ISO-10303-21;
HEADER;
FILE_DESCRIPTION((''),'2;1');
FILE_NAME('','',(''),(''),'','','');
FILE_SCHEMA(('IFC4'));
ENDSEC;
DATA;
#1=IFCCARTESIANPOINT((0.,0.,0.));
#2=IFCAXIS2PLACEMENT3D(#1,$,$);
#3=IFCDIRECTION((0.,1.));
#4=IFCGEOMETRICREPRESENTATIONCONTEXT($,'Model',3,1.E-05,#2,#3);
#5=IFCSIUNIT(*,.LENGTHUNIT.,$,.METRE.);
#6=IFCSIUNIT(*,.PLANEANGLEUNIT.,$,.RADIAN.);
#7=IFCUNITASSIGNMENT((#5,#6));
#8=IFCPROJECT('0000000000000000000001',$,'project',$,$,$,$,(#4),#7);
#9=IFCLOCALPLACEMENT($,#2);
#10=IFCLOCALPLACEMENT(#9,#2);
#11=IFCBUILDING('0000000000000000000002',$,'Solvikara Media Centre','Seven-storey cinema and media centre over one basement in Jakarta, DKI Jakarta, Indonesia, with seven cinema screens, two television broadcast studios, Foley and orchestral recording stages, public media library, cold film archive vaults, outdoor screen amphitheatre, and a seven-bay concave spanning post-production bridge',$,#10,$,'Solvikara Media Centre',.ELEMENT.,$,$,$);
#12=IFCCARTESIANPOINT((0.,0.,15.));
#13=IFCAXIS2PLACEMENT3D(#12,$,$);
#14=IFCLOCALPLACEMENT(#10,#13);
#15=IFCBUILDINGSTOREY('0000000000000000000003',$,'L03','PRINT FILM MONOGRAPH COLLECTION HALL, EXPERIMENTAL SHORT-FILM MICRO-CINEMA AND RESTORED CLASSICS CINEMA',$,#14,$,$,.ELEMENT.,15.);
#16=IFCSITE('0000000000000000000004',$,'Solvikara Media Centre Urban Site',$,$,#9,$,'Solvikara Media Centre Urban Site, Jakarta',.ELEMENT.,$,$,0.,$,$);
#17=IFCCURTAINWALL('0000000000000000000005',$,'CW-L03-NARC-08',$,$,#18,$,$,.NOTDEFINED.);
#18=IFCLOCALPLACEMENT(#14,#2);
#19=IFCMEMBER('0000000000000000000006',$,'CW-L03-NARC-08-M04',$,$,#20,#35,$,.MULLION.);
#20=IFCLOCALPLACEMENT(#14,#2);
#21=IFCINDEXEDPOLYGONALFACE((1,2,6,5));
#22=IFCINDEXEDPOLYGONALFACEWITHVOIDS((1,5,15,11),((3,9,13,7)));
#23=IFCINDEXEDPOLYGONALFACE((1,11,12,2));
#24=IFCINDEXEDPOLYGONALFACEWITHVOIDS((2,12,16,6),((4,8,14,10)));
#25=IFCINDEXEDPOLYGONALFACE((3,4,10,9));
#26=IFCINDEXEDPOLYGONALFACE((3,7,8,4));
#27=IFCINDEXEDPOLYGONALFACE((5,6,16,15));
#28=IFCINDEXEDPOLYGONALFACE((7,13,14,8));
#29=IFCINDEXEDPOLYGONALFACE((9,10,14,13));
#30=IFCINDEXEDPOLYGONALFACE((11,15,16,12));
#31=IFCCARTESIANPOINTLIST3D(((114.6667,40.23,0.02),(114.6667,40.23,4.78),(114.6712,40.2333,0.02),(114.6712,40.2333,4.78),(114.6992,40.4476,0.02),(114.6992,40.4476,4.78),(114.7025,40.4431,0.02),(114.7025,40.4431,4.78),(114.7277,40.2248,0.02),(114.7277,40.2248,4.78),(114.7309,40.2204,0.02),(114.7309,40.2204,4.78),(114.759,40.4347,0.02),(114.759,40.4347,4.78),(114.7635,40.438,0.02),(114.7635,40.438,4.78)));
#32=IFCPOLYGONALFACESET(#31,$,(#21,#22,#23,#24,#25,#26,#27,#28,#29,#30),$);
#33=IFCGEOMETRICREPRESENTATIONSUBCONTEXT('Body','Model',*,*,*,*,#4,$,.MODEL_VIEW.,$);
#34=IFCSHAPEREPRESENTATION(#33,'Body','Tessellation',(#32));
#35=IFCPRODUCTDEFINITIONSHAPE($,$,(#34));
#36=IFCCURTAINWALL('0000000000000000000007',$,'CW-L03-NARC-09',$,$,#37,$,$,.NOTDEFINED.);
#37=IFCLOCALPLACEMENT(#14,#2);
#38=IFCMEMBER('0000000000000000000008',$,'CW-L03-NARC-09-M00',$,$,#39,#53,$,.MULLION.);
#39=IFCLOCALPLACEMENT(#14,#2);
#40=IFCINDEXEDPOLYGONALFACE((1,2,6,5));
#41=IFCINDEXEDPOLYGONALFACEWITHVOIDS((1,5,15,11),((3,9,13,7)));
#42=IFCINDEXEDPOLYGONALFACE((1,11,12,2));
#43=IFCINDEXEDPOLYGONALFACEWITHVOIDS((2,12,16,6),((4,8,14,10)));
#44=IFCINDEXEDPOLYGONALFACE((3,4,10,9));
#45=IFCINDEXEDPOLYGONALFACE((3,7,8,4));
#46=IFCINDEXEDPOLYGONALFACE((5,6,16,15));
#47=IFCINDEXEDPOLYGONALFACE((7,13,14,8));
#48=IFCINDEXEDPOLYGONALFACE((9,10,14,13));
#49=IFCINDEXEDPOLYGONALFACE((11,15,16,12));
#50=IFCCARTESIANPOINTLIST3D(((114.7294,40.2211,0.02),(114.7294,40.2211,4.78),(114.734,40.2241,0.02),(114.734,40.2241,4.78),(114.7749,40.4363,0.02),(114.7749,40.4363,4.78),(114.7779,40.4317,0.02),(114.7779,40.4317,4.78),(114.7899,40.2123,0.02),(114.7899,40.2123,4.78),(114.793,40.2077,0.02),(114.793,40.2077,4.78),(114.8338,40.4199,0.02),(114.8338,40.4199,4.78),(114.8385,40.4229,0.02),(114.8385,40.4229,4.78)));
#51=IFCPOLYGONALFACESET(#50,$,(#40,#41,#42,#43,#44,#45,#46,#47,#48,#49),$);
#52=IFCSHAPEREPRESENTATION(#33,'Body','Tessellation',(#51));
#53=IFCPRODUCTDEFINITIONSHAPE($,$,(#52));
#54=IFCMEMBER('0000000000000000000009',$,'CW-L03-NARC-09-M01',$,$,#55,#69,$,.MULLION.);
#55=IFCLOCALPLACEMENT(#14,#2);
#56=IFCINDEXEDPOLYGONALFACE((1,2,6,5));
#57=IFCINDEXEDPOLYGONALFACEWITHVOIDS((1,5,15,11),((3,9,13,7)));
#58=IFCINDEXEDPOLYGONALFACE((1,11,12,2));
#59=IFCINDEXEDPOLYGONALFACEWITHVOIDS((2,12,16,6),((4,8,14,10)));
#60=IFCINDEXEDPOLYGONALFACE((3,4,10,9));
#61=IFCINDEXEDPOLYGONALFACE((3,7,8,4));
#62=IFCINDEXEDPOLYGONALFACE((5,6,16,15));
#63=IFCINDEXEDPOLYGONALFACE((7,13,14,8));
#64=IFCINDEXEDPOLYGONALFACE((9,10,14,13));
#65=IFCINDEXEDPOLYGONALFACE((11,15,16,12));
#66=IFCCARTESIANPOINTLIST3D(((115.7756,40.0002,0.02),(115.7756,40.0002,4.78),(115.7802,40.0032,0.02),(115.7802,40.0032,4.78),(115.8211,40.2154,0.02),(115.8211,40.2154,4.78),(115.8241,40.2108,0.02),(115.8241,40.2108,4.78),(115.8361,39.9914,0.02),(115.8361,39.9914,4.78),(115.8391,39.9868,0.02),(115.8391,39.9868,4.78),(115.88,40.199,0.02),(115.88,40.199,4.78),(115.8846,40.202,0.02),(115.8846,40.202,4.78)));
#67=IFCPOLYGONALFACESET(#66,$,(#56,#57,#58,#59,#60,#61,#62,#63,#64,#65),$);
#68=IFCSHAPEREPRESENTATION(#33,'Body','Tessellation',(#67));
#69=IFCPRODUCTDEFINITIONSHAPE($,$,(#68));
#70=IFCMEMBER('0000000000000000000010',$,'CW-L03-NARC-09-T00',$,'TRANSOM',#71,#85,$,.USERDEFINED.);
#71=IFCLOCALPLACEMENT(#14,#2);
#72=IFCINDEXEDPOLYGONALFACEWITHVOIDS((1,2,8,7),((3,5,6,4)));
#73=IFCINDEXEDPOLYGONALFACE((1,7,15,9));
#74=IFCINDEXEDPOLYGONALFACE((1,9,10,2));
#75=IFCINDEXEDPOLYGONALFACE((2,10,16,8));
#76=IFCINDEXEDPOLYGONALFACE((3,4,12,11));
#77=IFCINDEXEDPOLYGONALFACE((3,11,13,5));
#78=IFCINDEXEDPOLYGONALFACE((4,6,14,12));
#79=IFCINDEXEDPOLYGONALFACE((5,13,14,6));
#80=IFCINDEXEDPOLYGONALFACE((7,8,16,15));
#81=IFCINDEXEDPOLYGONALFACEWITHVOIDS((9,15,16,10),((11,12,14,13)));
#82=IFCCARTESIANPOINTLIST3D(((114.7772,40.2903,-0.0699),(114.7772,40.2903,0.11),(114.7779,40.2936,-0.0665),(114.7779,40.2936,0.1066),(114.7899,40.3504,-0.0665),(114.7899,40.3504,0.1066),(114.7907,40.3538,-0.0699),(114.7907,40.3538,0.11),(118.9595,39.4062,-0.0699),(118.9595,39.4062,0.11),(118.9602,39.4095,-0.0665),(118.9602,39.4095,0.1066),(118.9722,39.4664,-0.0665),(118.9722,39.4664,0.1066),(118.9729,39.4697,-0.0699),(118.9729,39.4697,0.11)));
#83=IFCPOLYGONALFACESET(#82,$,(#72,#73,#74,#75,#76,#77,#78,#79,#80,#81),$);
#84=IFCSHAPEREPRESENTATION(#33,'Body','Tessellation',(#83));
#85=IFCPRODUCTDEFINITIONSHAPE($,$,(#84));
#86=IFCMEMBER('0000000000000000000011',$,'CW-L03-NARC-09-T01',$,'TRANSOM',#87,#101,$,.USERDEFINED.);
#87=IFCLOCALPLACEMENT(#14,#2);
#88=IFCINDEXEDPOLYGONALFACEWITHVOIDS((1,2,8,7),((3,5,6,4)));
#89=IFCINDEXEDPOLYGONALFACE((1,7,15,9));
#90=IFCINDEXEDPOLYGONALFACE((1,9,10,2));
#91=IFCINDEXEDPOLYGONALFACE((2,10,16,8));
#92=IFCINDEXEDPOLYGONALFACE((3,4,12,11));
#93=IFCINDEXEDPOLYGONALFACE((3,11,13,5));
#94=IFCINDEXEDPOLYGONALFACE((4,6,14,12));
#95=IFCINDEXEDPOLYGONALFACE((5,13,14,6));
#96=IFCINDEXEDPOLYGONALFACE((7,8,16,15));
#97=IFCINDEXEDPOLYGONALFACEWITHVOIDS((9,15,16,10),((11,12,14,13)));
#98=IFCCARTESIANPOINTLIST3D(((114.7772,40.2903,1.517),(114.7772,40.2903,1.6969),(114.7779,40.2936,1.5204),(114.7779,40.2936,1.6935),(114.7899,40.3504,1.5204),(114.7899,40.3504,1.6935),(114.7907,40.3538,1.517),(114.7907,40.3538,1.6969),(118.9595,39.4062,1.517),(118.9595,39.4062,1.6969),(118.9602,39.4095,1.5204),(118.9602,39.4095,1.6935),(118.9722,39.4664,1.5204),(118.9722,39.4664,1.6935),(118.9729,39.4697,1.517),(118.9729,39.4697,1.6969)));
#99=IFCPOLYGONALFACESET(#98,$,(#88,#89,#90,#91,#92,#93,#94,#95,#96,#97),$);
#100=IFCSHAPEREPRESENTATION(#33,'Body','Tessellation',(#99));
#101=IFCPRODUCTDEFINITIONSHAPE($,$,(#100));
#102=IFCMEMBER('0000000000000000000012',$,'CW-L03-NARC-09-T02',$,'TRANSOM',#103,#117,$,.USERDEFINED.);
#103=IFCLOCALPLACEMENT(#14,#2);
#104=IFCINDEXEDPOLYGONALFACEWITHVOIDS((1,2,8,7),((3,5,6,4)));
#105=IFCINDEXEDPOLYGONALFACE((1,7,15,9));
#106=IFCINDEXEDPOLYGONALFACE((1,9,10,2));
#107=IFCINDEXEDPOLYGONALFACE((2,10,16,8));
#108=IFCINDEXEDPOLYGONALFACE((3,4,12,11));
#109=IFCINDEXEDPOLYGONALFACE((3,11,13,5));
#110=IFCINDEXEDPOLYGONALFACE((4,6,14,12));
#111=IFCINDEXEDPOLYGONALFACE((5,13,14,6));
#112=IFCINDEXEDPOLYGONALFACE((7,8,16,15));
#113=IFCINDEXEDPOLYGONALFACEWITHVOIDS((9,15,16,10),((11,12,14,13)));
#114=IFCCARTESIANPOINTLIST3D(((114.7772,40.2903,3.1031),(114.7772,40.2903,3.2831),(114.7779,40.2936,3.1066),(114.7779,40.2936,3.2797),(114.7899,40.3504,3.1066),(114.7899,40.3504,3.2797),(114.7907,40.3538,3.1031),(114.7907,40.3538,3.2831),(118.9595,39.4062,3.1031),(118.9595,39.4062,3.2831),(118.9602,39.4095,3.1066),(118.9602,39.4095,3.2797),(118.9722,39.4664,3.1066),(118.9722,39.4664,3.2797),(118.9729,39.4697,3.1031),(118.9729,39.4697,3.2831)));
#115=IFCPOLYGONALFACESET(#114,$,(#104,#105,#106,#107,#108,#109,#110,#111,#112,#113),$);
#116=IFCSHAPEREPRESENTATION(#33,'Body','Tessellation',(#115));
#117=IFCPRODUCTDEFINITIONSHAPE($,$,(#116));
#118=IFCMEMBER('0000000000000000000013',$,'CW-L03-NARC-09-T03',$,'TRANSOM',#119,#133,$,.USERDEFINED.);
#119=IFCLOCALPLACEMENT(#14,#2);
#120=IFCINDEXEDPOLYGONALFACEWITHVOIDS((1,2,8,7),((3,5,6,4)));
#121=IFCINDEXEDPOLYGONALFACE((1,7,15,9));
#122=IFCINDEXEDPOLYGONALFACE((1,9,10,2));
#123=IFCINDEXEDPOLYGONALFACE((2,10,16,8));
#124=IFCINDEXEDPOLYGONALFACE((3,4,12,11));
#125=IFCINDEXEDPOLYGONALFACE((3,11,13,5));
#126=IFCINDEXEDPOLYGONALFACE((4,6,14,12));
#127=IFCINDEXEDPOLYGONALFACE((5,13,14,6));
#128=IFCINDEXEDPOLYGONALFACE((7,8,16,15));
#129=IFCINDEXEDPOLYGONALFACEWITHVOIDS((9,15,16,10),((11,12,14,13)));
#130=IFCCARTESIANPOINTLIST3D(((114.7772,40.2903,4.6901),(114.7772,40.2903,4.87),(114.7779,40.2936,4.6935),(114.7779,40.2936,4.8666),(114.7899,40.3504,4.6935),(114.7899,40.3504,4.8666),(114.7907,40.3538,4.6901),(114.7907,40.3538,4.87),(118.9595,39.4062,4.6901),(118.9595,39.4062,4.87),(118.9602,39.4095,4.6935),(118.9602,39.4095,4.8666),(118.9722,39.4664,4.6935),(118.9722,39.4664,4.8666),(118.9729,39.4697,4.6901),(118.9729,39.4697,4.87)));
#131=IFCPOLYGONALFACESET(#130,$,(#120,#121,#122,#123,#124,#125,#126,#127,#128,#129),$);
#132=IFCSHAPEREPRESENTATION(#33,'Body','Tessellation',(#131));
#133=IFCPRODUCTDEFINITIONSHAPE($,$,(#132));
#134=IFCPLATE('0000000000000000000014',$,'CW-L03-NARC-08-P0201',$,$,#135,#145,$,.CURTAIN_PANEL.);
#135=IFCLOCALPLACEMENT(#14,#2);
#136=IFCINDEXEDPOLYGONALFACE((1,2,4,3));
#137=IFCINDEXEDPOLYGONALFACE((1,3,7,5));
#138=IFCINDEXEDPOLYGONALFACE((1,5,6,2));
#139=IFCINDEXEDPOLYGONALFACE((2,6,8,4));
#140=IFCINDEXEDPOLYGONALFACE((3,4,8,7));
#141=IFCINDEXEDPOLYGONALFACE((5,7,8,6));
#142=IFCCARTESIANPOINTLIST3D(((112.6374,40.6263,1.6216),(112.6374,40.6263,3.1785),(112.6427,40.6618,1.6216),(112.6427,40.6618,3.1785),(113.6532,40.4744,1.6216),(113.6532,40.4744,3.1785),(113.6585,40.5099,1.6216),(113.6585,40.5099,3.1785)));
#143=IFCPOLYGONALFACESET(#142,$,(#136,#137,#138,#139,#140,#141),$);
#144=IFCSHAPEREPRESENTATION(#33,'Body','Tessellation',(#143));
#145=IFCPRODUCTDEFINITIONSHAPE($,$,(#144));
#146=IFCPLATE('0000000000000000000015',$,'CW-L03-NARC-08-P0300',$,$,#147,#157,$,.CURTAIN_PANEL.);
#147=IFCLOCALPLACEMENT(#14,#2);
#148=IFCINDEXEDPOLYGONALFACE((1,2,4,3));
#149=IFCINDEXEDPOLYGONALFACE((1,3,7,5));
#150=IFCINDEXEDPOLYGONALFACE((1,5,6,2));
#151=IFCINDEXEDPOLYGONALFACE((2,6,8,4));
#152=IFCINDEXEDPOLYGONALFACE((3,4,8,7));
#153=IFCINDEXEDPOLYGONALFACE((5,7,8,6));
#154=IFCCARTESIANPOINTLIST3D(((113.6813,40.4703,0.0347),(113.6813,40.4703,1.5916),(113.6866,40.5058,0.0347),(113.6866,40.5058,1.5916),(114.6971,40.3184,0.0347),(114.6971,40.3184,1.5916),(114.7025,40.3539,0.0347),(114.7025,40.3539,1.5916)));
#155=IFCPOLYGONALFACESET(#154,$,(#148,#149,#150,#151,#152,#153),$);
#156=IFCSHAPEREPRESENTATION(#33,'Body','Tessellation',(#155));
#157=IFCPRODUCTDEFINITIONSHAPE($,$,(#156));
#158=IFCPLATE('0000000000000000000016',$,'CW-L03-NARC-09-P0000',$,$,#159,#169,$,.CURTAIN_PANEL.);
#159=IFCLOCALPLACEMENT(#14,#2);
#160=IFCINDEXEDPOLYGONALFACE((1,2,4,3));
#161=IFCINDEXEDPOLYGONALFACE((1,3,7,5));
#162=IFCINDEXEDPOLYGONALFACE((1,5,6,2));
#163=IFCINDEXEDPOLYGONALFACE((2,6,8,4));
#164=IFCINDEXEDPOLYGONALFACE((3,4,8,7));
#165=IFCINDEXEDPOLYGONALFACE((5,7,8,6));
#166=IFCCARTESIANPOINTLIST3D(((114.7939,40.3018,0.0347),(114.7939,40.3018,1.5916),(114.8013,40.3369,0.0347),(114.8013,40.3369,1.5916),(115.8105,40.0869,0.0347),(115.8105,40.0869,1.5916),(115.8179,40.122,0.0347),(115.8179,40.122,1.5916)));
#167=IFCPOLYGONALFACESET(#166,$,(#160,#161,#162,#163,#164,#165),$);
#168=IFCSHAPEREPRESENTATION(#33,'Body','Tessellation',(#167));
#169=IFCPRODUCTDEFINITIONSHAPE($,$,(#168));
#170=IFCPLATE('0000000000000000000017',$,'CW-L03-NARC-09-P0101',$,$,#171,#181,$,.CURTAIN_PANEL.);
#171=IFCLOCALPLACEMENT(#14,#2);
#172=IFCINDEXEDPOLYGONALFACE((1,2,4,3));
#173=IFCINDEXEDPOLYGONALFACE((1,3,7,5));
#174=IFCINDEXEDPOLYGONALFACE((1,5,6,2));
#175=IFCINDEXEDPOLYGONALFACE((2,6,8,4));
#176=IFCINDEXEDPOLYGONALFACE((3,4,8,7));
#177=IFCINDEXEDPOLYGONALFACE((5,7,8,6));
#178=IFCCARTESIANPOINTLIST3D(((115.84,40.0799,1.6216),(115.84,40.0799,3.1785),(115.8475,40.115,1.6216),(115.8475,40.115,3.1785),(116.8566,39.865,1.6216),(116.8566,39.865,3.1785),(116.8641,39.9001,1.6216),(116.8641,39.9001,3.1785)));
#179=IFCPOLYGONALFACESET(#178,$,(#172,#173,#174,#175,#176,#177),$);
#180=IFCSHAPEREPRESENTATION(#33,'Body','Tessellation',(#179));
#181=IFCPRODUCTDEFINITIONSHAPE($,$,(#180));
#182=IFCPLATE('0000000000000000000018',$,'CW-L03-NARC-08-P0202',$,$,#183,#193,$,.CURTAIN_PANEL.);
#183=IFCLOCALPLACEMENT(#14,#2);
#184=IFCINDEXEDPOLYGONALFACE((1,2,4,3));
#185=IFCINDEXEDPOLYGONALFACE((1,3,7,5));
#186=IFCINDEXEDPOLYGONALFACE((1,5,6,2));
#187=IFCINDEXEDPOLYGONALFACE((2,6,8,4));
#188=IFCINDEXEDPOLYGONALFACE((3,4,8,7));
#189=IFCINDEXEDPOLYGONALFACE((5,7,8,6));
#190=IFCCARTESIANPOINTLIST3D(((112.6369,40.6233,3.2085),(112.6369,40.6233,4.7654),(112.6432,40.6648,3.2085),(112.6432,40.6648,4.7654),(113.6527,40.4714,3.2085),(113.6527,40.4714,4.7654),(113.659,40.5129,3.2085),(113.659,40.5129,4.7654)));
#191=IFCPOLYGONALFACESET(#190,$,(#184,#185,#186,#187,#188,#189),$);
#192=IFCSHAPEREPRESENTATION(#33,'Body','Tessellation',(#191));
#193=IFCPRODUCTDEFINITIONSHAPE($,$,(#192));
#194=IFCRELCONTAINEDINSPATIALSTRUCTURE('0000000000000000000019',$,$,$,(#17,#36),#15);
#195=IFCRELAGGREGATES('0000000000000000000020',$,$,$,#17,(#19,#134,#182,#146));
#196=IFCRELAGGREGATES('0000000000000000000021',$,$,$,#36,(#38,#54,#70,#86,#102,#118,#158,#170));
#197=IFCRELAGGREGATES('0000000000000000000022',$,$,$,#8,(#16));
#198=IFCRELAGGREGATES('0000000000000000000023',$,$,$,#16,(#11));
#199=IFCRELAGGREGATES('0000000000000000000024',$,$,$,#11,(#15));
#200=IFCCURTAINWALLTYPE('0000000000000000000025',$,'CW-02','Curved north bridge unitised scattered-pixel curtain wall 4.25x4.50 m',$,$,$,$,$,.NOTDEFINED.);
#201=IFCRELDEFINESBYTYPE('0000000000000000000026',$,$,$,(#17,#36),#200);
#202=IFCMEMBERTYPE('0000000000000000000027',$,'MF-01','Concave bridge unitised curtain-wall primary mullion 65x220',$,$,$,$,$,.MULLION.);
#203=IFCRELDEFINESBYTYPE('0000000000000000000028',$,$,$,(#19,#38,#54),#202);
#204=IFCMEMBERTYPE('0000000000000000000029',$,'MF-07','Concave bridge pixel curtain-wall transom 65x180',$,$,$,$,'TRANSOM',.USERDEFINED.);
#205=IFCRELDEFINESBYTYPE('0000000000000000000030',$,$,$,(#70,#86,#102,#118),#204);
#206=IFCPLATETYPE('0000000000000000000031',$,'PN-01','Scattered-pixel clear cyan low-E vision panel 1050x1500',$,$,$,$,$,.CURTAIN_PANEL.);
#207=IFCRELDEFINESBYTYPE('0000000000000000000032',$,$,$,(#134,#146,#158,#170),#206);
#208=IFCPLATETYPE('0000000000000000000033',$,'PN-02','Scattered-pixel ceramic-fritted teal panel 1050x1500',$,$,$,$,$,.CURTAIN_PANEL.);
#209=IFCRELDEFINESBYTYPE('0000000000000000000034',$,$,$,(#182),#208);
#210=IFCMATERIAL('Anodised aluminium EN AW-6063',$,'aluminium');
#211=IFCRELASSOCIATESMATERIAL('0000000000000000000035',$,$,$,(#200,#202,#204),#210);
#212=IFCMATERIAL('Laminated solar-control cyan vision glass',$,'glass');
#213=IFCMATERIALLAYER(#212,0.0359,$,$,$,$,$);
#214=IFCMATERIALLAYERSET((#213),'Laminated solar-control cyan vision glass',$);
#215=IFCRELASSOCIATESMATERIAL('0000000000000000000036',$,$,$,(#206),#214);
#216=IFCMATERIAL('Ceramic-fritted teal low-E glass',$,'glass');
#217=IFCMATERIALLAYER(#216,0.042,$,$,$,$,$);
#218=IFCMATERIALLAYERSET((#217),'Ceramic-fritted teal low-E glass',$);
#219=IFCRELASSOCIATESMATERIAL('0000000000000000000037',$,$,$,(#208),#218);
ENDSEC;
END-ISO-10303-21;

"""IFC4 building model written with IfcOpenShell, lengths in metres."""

from ifc_helpers import new_model, si_unit, direction, frame, origin, origin_2d, place, context, subcontext, project, spatial, rectangle, hollow_rectangle, extrude, material, layer, layer_set, material_profile, profile_set, type_object, element, aggregate, save


model = new_model("IFC4")

# Units and contexts
model_context = context("Model", 3, precision=1e-05, world=origin(), true_north=direction((0.0, 1.0)))
body_context = subcontext(model_context, "Body", "Model", "MODEL_VIEW")
ifc_project = project(units=[si_unit("LENGTHUNIT", "METRE"), si_unit("PLANEANGLEUNIT", "RADIAN")], contexts=[model_context])

# Site, building, storey
site_placement = place(None, origin())
site = spatial("IfcSite", under=ifc_project, at=site_placement, Name="Solvikara Media Centre Urban Site", LongName="Solvikara Media Centre Urban Site, Jakarta", CompositionType="ELEMENT", RefElevation=0.0)
building_placement = place(site_placement, origin())
building = spatial("IfcBuilding", under=site, at=building_placement, Name="Solvikara Media Centre", Description="Seven-storey cinema and media centre over one basement in Jakarta, DKI Jakarta, Indonesia, with seven cinema screens, two television broadcast studios, Foley and orchestral recording stages, public media library, cold film archive vaults, outdoor screen amphitheatre, and a seven-bay concave spanning post-production bridge", LongName="Solvikara Media Centre", CompositionType="ELEMENT")
storey_placement = place(building_placement, frame((0.0, 0.0, 15.0)))
storey = spatial("IfcBuildingStorey", under=building, at=storey_placement, Name="L03", Description="PRINT FILM MONOGRAPH COLLECTION HALL, EXPERIMENTAL SHORT-FILM MICRO-CINEMA AND RESTORED CLASSICS CINEMA", CompositionType="ELEMENT", Elevation=15.0)

# Curtain walls, members
ifc_material_1 = material(Name="Anodised aluminium EN AW-6063", Category="aluminium")
curtain_wall_type = type_object("IfcCurtainWallType", Name="CW-02", Description="Curved north bridge unitised scattered-pixel curtain wall 4.25x4.50 m", PredefinedType="NOTDEFINED", material=ifc_material_1)
curtain_wall_1_placement = place(storey_placement, origin())
curtain_wall_1 = element("IfcCurtainWall", 1, at=curtain_wall_1_placement, inside=storey, type_object=curtain_wall_type, Name="CW-L03-NARC-08", PredefinedType="NOTDEFINED")
ifc_material_profile_1 = material_profile(ifc_material_1, hollow_rectangle(XDim=0.0649, YDim=0.22, WallThickness=0.0039, at=origin_2d()), Name="ALU-M 65x220x4")
ifc_profile_set_1 = profile_set([ifc_material_profile_1], Name="Anodised aluminium EN AW-6063")
member_type_1 = type_object("IfcMemberType", Name="MF-01", Description="Concave bridge unitised curtain-wall primary mullion 65x220", PredefinedType="MULLION", material=ifc_profile_set_1)
member_1_placement = place(storey_placement, frame((114.7151, 40.334, 0.02), z_axis=(0.0, 0.0, 1.0), x_axis=(0.989006, -0.147878, 0.0)))
member_1 = element("IfcMember", 2, at=member_1_placement, type_object=member_type_1, Name="CW-L03-NARC-08-M04", PredefinedType="MULLION", context=body_context, shape_type="SweptSolid", body=[
    extrude(hollow_rectangle(XDim=0.0649, YDim=0.22, WallThickness=0.0039, at=origin_2d()), origin(), (0.0, 0.0, 1.0), 4.76),
])
curtain_wall_2_placement = place(storey_placement, origin())
curtain_wall_2 = element("IfcCurtainWall", 3, at=curtain_wall_2_placement, inside=storey, type_object=curtain_wall_type, Name="CW-L03-NARC-09", PredefinedType="NOTDEFINED")
member_2_placement = place(storey_placement, frame((114.7839, 40.322, 0.02), z_axis=(0.0, 0.0, 1.0), x_axis=(0.978379, -0.206819, 0.0)))
member_2 = element("IfcMember", 4, at=member_2_placement, type_object=member_type_1, Name="CW-L03-NARC-09-M00", PredefinedType="MULLION", context=body_context, shape_type="SweptSolid", body=[
    extrude(hollow_rectangle(XDim=0.0649, YDim=0.22, WallThickness=0.0039, at=origin_2d()), origin(), (0.0, 0.0, 1.0), 4.76),
])
member_3_placement = place(storey_placement, frame((115.8301, 40.1011, 0.02), z_axis=(0.0, 0.0, 1.0), x_axis=(0.978379, -0.206819, 0.0)))
member_3 = element("IfcMember", 5, at=member_3_placement, type_object=member_type_1, Name="CW-L03-NARC-09-M01", PredefinedType="MULLION", context=body_context, shape_type="SweptSolid", body=[
    extrude(hollow_rectangle(XDim=0.0649, YDim=0.22, WallThickness=0.0039, at=origin_2d()), origin(), (0.0, 0.0, 1.0), 4.76),
])
ifc_material_profile_2 = material_profile(ifc_material_1, hollow_rectangle(XDim=0.0649, YDim=0.1799, WallThickness=0.0034, at=origin_2d()), Name="ALU-T 65x180x3.5")
ifc_profile_set_2 = profile_set([ifc_material_profile_2], Name="Anodised aluminium EN AW-6063")
member_type_2 = type_object("IfcMemberType", Name="MF-07", Description="Concave bridge pixel curtain-wall transom 65x180", ElementType="TRANSOM", PredefinedType="USERDEFINED", material=ifc_profile_set_2)
member_4_placement = place(storey_placement, frame((114.7839, 40.322, 0.02), z_axis=(0.97838, -0.206814, 0.0), x_axis=(0.206814, 0.97838, 0.0)))
member_4 = element("IfcMember", 6, at=member_4_placement, type_object=member_type_2, Name="CW-L03-NARC-09-T00", ObjectType="TRANSOM", PredefinedType="USERDEFINED", context=body_context, shape_type="SweptSolid", body=[
    extrude(hollow_rectangle(XDim=0.0649, YDim=0.1799, WallThickness=0.0034, at=origin_2d()), origin(), (0.0, 0.0, 1.0), 4.2747),
])
member_5_placement = place(storey_placement, frame((114.7839, 40.322, 1.6069), z_axis=(0.97838, -0.206814, 0.0), x_axis=(0.206814, 0.97838, 0.0)))
member_5 = element("IfcMember", 7, at=member_5_placement, type_object=member_type_2, Name="CW-L03-NARC-09-T01", ObjectType="TRANSOM", PredefinedType="USERDEFINED", context=body_context, shape_type="SweptSolid", body=[
    extrude(hollow_rectangle(XDim=0.0649, YDim=0.1799, WallThickness=0.0034, at=origin_2d()), origin(), (0.0, 0.0, 1.0), 4.2747),
])
member_6_placement = place(storey_placement, frame((114.7839, 40.322, 3.1931), z_axis=(0.97838, -0.206814, 0.0), x_axis=(0.206814, 0.97838, 0.0)))
member_6 = element("IfcMember", 8, at=member_6_placement, type_object=member_type_2, Name="CW-L03-NARC-09-T02", ObjectType="TRANSOM", PredefinedType="USERDEFINED", context=body_context, shape_type="SweptSolid", body=[
    extrude(hollow_rectangle(XDim=0.0649, YDim=0.1799, WallThickness=0.0034, at=origin_2d()), origin(), (0.0, 0.0, 1.0), 4.2747),
])
member_7_placement = place(storey_placement, frame((114.7839, 40.322, 4.78), z_axis=(0.97838, -0.206814, 0.0), x_axis=(0.206814, 0.97838, 0.0)))
member_7 = element("IfcMember", 9, at=member_7_placement, type_object=member_type_2, Name="CW-L03-NARC-09-T03", ObjectType="TRANSOM", PredefinedType="USERDEFINED", context=body_context, shape_type="SweptSolid", body=[
    extrude(hollow_rectangle(XDim=0.0649, YDim=0.1799, WallThickness=0.0034, at=origin_2d()), origin(), (0.0, 0.0, 1.0), 4.2747),
])

# Plates
ifc_material_2 = material(Name="Laminated solar-control cyan vision glass", Category="glass")
ifc_layer_1 = layer(ifc_material_2, 0.0359)
ifc_layer_set_1 = layer_set([ifc_layer_1], Name="Laminated solar-control cyan vision glass")
plate_type_1 = type_object("IfcPlateType", Name="PN-01", Description="Scattered-pixel clear cyan low-E vision panel 1050x1500", PredefinedType="CURTAIN_PANEL", material=ifc_layer_set_1)
plate_1_placement = place(storey_placement, frame((113.1479, 40.5681, 1.6216), z_axis=(0.0, 0.0, 1.0), x_axis=(0.989006, -0.147878, 0.0)))
plate_1 = element("IfcPlate", 10, at=plate_1_placement, type_object=plate_type_1, Name="CW-L03-NARC-08-P0201", PredefinedType="CURTAIN_PANEL", context=body_context, shape_type="SweptSolid", body=[
    extrude(rectangle(XDim=1.0271, YDim=0.0359, at=origin_2d()), origin(), (0.0, 0.0, 1.0), 1.5569),
])
plate_2_placement = place(storey_placement, frame((114.1919, 40.4121, 0.0347), z_axis=(0.0, 0.0, 1.0), x_axis=(0.989006, -0.147878, 0.0)))
plate_2 = element("IfcPlate", 11, at=plate_2_placement, type_object=plate_type_1, Name="CW-L03-NARC-08-P0300", PredefinedType="CURTAIN_PANEL", context=body_context, shape_type="SweptSolid", body=[
    extrude(rectangle(XDim=1.0271, YDim=0.0359, at=origin_2d()), origin(), (0.0, 0.0, 1.0), 1.5569),
])
plate_3_placement = place(storey_placement, frame((115.3059, 40.2119, 0.0347), z_axis=(0.0, 0.0, 1.0), x_axis=(0.978379, -0.206819, 0.0)))
plate_3 = element("IfcPlate", 12, at=plate_3_placement, type_object=plate_type_1, Name="CW-L03-NARC-09-P0000", PredefinedType="CURTAIN_PANEL", context=body_context, shape_type="SweptSolid", body=[
    extrude(rectangle(XDim=1.0391, YDim=0.0359, at=origin_2d()), origin(), (0.0, 0.0, 1.0), 1.5569),
])
plate_4_placement = place(storey_placement, frame((116.3521, 39.99, 1.6216), z_axis=(0.0, 0.0, 1.0), x_axis=(0.978379, -0.206819, 0.0)))
plate_4 = element("IfcPlate", 13, at=plate_4_placement, type_object=plate_type_1, Name="CW-L03-NARC-09-P0101", PredefinedType="CURTAIN_PANEL", context=body_context, shape_type="SweptSolid", body=[
    extrude(rectangle(XDim=1.0391, YDim=0.0359, at=origin_2d()), origin(), (0.0, 0.0, 1.0), 1.5569),
])
ifc_material_3 = material(Name="Ceramic-fritted teal low-E glass", Category="glass")
ifc_layer_2 = layer(ifc_material_3, 0.042)
ifc_layer_set_2 = layer_set([ifc_layer_2], Name="Ceramic-fritted teal low-E glass")
plate_type_2 = type_object("IfcPlateType", Name="PN-02", Description="Scattered-pixel ceramic-fritted teal panel 1050x1500", PredefinedType="CURTAIN_PANEL", material=ifc_layer_set_2)
plate_5_placement = place(storey_placement, frame((113.1479, 40.5681, 3.2085), z_axis=(0.0, 0.0, 1.0), x_axis=(0.989006, -0.147878, 0.0)))
plate_5 = element("IfcPlate", 14, at=plate_5_placement, type_object=plate_type_2, Name="CW-L03-NARC-08-P0202", PredefinedType="CURTAIN_PANEL", context=body_context, shape_type="SweptSolid", body=[
    extrude(rectangle(XDim=1.0271, YDim=0.042, at=origin_2d()), origin(), (0.0, 0.0, 1.0), 1.5569),
])
aggregate(curtain_wall_1, [member_1, plate_1, plate_5, plate_2])
aggregate(curtain_wall_2, [member_2, member_3, member_4, member_5, member_6, member_7, plate_3, plate_4])

save(model, "model.ifc")
